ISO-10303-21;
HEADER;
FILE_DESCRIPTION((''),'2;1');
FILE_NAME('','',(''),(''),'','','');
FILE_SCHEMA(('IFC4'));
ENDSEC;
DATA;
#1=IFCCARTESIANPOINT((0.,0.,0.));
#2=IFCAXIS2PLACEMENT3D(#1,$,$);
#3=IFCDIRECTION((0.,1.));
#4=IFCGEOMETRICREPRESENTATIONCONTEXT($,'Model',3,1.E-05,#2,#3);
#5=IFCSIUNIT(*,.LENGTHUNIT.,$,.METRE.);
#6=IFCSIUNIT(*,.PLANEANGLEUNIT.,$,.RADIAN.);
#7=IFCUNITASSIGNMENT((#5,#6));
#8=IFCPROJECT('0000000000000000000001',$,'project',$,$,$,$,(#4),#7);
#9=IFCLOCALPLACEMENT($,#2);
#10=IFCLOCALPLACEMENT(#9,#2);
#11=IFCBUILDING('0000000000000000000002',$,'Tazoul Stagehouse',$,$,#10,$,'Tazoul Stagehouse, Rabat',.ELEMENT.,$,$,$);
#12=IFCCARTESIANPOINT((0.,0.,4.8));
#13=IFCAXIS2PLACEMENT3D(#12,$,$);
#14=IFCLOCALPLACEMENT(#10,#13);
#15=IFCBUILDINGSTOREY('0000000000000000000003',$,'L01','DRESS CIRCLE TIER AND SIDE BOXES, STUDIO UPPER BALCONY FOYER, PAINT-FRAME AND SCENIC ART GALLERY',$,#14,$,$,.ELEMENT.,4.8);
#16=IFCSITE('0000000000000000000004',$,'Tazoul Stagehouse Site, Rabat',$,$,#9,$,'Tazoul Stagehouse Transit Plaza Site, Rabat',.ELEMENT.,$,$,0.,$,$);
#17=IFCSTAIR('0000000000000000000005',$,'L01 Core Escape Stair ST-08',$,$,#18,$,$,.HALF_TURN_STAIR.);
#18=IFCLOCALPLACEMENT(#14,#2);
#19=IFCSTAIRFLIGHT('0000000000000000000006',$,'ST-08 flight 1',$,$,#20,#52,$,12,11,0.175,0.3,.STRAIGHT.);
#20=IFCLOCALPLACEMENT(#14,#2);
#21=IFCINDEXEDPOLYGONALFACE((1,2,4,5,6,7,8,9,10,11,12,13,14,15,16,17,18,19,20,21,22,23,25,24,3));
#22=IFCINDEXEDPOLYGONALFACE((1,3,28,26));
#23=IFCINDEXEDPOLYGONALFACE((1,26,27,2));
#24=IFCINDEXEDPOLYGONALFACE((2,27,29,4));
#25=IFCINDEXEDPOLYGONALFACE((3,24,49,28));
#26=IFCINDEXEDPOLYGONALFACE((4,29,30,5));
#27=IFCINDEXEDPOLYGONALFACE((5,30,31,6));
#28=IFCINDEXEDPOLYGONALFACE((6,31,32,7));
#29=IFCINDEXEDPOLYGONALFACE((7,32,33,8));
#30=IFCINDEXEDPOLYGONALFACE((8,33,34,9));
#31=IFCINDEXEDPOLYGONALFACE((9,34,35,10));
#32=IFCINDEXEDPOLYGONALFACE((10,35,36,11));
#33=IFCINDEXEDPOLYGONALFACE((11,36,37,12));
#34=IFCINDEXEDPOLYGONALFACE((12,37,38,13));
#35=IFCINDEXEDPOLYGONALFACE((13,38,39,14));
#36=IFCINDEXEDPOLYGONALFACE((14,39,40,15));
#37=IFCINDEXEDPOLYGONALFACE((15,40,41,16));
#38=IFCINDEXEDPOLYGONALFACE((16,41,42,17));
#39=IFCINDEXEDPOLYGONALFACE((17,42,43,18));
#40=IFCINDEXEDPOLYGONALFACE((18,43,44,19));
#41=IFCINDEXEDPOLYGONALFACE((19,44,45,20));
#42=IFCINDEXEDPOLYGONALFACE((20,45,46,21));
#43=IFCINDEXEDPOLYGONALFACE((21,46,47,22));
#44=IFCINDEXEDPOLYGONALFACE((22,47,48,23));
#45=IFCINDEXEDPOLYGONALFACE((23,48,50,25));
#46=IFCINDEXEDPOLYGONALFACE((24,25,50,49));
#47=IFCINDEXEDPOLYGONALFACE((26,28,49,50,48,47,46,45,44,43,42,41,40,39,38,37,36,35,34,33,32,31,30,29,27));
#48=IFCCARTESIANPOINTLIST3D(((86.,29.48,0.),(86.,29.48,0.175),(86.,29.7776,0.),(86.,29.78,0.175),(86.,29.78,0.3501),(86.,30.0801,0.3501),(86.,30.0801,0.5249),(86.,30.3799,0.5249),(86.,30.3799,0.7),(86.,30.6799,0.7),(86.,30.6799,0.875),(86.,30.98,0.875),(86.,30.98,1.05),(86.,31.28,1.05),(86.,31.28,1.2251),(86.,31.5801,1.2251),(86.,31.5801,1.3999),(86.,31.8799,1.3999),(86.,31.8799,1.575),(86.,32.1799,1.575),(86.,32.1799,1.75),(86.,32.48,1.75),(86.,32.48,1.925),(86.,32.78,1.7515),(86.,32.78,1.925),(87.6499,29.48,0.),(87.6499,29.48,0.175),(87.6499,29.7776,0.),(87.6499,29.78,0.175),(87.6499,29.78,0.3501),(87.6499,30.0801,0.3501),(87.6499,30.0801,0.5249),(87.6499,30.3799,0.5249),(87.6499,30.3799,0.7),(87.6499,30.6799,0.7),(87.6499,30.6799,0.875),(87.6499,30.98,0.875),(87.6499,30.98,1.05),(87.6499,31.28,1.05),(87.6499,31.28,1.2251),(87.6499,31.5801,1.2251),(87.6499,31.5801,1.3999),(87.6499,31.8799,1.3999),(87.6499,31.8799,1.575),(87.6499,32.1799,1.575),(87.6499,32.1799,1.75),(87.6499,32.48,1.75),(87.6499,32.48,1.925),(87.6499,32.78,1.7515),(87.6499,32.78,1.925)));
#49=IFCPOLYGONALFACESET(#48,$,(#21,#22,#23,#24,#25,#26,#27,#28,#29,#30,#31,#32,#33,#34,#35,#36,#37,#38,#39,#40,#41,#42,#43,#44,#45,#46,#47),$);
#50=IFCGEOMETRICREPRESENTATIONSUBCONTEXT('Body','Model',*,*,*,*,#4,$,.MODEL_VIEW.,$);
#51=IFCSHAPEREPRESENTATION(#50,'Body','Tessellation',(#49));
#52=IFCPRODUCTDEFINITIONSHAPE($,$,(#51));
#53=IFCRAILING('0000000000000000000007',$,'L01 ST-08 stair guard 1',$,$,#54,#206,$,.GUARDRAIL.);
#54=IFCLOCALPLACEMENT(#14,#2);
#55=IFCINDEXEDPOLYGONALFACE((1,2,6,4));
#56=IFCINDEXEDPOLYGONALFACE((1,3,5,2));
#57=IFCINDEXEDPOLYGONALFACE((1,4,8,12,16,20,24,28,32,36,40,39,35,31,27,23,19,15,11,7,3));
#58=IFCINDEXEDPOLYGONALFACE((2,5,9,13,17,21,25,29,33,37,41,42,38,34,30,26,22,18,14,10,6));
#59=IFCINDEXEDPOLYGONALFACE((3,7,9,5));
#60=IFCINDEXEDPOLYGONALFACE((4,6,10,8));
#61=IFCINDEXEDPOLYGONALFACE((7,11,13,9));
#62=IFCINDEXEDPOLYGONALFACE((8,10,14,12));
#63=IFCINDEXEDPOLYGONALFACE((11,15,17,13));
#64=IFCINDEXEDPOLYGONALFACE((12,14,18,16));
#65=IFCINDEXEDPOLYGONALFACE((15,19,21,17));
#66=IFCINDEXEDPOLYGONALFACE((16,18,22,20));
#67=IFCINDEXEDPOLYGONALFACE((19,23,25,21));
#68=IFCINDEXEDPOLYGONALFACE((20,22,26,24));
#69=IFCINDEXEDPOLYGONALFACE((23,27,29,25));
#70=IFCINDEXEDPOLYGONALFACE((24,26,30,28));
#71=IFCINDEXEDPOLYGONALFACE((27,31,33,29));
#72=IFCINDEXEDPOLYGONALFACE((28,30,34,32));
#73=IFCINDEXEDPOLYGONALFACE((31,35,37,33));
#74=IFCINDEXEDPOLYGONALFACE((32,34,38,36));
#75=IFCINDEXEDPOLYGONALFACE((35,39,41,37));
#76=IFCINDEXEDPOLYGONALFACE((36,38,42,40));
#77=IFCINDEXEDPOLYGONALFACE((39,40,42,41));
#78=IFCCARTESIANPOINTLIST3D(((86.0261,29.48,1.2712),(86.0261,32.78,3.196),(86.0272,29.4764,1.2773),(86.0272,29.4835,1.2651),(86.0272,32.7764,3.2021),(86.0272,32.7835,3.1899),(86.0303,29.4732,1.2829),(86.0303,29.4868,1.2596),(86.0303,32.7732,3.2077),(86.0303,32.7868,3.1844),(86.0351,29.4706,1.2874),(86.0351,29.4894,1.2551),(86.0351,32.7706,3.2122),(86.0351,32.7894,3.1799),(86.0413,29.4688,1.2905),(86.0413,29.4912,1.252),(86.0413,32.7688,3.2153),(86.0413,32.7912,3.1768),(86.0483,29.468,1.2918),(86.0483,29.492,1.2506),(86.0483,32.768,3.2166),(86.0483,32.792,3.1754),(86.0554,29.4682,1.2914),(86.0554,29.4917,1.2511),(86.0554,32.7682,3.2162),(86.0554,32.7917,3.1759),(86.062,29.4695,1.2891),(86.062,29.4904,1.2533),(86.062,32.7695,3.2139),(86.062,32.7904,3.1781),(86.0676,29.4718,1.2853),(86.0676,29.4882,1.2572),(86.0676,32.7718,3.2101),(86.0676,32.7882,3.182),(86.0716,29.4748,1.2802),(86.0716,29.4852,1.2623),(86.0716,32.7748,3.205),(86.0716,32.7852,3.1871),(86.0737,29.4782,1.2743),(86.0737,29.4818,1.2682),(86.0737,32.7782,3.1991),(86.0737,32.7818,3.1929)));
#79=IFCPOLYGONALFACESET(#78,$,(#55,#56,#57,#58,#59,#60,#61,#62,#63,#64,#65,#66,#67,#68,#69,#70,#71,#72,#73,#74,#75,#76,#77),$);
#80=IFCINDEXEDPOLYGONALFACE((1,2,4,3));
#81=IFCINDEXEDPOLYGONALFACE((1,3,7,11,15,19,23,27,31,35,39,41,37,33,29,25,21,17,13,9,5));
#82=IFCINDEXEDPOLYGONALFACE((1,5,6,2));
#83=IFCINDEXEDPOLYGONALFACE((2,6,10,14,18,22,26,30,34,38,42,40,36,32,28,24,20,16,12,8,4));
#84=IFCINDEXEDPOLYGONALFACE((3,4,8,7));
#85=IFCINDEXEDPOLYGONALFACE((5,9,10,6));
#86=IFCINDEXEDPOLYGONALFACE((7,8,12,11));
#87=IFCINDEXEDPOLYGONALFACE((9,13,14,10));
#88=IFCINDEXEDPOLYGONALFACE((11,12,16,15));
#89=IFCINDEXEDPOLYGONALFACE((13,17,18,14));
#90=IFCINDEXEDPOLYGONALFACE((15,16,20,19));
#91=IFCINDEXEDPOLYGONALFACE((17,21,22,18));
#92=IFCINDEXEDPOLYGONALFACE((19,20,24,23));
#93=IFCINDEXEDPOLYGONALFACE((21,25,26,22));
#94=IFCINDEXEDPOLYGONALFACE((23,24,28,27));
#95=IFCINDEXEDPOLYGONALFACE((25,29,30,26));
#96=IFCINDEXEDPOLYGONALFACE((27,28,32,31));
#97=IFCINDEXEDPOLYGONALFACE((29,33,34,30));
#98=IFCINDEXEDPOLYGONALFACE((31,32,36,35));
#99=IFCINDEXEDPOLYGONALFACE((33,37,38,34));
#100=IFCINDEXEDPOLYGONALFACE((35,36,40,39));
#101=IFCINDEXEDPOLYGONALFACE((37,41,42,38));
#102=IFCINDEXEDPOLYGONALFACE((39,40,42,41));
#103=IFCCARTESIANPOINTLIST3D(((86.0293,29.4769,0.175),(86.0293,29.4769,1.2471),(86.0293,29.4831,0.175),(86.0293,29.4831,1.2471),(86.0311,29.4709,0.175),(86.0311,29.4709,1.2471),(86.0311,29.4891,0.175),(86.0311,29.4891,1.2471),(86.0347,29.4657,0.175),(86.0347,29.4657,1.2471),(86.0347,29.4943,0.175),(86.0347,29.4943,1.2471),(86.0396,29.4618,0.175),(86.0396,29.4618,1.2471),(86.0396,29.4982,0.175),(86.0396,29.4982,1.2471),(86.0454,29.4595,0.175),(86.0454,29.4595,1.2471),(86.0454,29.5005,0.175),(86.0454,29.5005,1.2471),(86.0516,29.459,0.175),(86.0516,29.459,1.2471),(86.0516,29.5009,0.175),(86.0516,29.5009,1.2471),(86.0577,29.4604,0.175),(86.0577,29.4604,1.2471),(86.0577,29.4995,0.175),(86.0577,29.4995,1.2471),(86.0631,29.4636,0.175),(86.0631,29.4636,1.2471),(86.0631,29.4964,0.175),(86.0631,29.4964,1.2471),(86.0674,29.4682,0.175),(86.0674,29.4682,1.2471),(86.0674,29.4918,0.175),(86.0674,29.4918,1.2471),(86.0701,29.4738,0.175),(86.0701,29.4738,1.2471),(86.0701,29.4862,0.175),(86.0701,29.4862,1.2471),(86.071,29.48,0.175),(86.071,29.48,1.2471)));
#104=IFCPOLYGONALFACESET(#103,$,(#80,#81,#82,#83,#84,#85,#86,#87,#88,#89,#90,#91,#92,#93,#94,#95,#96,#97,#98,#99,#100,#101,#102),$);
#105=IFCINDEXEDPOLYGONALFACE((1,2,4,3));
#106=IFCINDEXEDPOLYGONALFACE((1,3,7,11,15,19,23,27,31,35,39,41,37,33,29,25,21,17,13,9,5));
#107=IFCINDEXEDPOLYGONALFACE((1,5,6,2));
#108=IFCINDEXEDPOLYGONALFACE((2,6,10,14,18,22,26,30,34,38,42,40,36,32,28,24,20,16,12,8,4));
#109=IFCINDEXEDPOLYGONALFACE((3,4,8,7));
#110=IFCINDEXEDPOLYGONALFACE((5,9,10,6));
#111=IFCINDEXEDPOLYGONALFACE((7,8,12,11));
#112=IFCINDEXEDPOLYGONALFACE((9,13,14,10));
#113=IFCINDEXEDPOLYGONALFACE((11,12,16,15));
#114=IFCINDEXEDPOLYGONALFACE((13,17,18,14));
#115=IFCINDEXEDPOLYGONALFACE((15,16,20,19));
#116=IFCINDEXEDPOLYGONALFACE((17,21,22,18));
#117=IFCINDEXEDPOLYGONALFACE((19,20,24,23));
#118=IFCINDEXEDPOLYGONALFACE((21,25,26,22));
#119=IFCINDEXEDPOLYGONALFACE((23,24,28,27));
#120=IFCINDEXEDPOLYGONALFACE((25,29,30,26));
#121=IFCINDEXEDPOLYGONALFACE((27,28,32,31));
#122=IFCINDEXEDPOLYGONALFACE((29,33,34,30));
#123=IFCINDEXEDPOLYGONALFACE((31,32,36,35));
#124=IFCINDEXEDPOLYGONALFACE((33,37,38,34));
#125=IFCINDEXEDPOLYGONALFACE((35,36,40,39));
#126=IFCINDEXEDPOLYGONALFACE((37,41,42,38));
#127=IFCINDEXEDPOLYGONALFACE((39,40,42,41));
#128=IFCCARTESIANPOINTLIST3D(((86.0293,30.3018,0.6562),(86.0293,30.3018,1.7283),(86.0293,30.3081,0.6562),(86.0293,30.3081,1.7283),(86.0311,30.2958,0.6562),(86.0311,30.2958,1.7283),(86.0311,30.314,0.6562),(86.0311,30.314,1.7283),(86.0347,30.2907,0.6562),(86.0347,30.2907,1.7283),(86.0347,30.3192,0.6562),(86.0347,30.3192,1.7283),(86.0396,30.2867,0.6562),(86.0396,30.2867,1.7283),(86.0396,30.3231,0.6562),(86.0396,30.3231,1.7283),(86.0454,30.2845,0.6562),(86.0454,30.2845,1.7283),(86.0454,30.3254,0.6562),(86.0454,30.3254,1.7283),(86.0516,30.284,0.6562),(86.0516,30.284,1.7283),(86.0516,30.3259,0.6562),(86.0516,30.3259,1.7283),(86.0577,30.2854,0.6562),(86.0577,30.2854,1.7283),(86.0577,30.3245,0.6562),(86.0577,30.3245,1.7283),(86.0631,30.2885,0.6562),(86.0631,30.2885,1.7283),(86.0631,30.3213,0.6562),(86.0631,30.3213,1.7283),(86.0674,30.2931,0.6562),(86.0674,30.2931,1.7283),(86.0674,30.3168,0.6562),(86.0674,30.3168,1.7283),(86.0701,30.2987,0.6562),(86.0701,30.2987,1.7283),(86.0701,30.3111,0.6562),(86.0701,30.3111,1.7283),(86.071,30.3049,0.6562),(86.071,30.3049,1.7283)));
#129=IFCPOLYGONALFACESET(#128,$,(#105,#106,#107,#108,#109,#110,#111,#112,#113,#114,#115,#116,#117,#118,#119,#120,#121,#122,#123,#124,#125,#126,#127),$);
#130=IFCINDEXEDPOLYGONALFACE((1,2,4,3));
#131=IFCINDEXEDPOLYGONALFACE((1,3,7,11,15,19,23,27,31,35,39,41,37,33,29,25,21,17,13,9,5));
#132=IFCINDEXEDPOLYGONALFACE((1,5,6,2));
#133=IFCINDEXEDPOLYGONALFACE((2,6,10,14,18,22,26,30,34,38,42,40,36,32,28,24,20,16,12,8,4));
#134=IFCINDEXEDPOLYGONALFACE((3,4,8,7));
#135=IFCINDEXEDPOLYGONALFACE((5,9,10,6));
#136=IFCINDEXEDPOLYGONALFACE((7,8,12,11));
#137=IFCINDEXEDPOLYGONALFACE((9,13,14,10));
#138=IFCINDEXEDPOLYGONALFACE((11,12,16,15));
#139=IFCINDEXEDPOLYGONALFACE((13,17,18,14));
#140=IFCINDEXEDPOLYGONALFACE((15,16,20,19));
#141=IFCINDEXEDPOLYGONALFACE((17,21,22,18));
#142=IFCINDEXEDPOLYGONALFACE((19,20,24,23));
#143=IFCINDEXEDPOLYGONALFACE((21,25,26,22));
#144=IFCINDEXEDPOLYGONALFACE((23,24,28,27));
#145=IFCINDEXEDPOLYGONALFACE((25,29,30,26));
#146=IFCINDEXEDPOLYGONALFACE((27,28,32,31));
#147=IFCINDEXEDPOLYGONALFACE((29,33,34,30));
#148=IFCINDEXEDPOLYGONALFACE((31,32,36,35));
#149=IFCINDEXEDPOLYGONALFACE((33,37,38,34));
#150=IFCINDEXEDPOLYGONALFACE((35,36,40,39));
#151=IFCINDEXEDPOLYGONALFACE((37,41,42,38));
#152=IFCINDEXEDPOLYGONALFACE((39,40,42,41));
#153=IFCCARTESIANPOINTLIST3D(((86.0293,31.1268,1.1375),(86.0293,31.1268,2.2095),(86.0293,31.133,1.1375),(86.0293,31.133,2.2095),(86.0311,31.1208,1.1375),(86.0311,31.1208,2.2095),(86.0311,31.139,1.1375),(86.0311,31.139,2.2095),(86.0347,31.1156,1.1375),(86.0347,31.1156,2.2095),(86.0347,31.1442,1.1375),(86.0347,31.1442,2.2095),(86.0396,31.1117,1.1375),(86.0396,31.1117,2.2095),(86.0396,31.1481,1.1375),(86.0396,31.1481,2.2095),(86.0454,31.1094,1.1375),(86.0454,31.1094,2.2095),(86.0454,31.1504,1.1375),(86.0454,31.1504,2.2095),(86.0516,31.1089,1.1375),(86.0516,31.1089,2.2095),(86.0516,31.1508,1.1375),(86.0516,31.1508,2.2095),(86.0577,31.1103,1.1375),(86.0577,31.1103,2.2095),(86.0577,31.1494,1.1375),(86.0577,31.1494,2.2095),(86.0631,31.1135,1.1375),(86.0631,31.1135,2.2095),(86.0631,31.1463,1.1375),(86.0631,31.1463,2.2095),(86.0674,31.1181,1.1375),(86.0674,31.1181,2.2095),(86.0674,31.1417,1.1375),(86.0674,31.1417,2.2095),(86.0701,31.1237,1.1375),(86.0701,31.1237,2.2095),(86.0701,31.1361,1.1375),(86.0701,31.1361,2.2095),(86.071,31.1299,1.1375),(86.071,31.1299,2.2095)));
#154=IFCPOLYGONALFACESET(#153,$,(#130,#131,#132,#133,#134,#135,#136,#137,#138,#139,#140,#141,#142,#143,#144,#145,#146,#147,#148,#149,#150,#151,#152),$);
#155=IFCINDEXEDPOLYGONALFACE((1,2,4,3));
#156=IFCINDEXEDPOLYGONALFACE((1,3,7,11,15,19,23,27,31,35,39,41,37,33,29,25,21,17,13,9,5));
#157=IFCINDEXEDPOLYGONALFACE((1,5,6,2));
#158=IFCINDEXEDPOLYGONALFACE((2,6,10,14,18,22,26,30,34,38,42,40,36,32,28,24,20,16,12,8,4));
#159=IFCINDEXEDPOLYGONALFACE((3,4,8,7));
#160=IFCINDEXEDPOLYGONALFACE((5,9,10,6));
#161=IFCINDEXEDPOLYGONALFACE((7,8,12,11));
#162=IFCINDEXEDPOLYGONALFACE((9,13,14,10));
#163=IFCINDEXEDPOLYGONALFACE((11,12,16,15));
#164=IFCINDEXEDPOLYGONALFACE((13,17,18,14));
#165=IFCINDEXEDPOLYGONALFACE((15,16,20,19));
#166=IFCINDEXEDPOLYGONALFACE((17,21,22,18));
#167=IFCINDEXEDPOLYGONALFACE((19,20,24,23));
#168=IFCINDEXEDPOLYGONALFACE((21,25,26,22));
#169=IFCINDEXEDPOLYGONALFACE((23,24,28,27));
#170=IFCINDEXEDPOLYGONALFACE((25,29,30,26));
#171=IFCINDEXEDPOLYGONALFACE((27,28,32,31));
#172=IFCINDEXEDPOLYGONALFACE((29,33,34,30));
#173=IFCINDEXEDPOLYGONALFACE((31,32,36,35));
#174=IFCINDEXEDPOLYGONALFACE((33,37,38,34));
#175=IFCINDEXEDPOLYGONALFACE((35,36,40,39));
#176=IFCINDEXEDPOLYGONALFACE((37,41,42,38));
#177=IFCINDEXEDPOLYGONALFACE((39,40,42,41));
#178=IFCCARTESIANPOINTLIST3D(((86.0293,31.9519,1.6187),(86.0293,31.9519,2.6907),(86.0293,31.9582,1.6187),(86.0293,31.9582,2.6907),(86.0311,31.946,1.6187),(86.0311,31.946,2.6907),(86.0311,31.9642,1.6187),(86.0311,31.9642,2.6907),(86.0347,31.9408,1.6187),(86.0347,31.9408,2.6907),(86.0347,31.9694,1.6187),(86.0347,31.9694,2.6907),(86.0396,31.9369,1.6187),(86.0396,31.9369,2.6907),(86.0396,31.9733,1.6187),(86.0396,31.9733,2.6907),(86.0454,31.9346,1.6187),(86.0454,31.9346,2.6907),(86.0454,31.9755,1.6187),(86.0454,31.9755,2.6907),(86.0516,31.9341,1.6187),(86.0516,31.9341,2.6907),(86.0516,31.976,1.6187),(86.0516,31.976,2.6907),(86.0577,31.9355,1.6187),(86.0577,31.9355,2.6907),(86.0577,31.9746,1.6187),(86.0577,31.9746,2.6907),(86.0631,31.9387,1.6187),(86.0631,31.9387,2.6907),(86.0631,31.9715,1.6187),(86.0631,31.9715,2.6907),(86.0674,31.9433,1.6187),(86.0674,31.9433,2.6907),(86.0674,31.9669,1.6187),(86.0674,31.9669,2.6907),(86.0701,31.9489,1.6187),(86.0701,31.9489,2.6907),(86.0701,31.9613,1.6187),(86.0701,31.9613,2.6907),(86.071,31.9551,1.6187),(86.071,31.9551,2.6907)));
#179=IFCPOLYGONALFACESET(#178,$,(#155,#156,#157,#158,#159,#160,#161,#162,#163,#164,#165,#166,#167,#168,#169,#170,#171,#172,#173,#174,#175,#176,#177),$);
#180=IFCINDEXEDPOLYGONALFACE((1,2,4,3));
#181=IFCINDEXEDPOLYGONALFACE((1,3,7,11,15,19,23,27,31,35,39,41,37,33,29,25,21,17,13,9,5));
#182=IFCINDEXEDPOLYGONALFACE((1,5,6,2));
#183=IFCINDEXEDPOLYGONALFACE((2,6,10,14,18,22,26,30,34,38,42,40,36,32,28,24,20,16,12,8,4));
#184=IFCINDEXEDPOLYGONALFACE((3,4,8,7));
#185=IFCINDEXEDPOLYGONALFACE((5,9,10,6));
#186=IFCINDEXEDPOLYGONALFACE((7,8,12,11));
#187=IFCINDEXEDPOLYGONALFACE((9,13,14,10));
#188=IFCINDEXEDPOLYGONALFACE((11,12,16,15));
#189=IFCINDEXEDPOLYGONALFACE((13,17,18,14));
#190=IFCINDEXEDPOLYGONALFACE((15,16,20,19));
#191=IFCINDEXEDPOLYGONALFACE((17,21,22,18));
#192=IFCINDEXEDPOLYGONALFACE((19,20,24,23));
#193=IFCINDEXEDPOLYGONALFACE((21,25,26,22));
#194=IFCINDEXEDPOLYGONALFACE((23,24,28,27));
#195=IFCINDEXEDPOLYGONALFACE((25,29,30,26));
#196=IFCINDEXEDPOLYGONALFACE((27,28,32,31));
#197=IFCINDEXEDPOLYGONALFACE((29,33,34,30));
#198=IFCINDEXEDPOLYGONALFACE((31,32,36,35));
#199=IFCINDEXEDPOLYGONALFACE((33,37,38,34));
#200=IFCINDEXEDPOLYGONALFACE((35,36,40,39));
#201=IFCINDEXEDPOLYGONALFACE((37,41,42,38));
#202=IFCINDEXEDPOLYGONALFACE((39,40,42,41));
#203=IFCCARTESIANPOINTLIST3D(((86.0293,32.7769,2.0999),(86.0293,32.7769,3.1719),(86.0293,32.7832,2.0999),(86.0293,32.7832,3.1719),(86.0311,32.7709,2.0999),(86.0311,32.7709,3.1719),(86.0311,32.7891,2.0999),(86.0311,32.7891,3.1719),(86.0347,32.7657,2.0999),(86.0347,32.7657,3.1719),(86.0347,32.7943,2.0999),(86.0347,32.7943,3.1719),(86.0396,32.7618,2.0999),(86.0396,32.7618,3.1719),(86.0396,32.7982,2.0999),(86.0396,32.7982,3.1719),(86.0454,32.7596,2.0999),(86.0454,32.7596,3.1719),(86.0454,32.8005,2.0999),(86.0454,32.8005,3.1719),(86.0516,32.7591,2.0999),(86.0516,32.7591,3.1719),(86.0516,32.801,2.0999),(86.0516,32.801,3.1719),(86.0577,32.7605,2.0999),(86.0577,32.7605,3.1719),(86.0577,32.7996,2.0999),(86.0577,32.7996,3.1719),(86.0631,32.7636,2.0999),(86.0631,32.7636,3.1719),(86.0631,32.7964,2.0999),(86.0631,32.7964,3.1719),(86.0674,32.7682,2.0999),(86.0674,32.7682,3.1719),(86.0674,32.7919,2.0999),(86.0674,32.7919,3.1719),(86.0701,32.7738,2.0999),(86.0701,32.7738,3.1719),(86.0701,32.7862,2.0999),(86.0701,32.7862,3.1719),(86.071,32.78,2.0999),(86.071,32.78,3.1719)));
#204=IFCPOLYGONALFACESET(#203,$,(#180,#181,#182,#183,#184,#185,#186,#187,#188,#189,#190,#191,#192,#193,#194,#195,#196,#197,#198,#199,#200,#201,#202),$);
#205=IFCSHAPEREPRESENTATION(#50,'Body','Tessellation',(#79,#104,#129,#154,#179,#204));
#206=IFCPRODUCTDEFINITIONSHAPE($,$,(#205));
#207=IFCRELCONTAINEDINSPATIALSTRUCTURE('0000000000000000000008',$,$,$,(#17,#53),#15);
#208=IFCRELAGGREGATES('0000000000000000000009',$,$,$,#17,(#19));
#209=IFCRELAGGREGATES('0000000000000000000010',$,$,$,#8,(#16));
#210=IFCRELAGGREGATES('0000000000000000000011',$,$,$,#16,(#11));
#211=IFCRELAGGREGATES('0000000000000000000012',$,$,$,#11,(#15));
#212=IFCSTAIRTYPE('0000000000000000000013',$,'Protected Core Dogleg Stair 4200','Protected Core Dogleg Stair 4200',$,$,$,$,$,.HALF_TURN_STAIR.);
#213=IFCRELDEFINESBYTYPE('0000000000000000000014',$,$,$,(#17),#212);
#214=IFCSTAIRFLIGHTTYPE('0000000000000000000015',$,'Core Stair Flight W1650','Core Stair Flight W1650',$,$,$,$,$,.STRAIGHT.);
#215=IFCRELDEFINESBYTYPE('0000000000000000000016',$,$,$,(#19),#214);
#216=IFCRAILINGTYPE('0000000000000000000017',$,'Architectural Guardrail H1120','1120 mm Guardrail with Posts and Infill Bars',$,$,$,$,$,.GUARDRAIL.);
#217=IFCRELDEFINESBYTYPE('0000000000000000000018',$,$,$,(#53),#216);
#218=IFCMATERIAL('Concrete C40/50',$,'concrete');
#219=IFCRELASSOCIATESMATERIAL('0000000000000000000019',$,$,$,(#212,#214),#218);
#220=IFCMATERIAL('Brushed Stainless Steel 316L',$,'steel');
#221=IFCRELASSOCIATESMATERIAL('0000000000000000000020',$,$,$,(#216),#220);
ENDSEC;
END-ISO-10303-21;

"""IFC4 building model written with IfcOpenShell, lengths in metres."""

from ifc_helpers import new_model, si_unit, direction, frame, origin, origin_2d, place, context, subcontext, project, spatial, polyline, circle, outline, extrude, material, material_profile, profile_set, type_object, element, aggregate, save


model = new_model("IFC4")

# Units and contexts
model_context = context("Model", 3, precision=1e-05, world=origin(), true_north=direction((0.0, 1.0)))
body_context = subcontext(model_context, "Body", "Model", "MODEL_VIEW")
ifc_project = project(units=[si_unit("LENGTHUNIT", "METRE"), si_unit("PLANEANGLEUNIT", "RADIAN")], contexts=[model_context])

# Site, building, storey
site_placement = place(None, origin())
site = spatial("IfcSite", under=ifc_project, at=site_placement, Name="Tazoul Stagehouse Site, Rabat", LongName="Tazoul Stagehouse Transit Plaza Site, Rabat", CompositionType="ELEMENT", RefElevation=0.0)
building_placement = place(site_placement, origin())
building = spatial("IfcBuilding", under=site, at=building_placement, Name="Tazoul Stagehouse", LongName="Tazoul Stagehouse, Rabat", CompositionType="ELEMENT")
storey_placement = place(building_placement, frame((0.0, 0.0, 4.8)))
storey = spatial("IfcBuildingStorey", under=building, at=storey_placement, Name="L01", Description="DRESS CIRCLE TIER AND SIDE BOXES, STUDIO UPPER BALCONY FOYER, PAINT-FRAME AND SCENIC ART GALLERY", CompositionType="ELEMENT", Elevation=4.8)

# Shared definitions
ifc_material_1 = material(Name="Concrete C40/50", Category="concrete")

# Stair, stair flight
stair_type = type_object("IfcStairType", Name="Protected Core Dogleg Stair 4200", Description="Protected Core Dogleg Stair 4200", PredefinedType="HALF_TURN_STAIR", material=ifc_material_1)
stair_placement = place(storey_placement, origin())
stair = element("IfcStair", 1, at=stair_placement, inside=storey, type_object=stair_type, Name="L01 Core Escape Stair ST-08", PredefinedType="HALF_TURN_STAIR")
stair_flight_type = type_object("IfcStairFlightType", Name="Core Stair Flight W1650", Description="Core Stair Flight W1650", PredefinedType="STRAIGHT", material=ifc_material_1)
stair_flight_placement = place(storey_placement, frame((86.825, 29.48, 0.0), z_axis=(0.0, 0.0, 1.0), x_axis=(0.0, 1.0, 0.0)))
stair_flight = element("IfcStairFlight", 2, at=stair_flight_placement, type_object=stair_flight_type, Name="ST-08 flight 1", NumberOfRisers=12, NumberOfTreads=11, PredefinedType="STRAIGHT", RiserHeight=0.175, TreadLength=0.3, context=body_context, shape_type="SweptSolid", body=[
    extrude(outline(polyline([(0.0, 0.0), (0.0, 0.175), (0.3, 0.175), (0.3, 0.3501), (0.6001, 0.3501), (0.6001, 0.5249), (0.8999, 0.5249), (0.8999, 0.7), (1.2, 0.7), (1.2, 0.875), (1.5, 0.875), (1.5, 1.05), (1.8, 1.05), (1.8, 1.2251), (2.1001, 1.2251), (2.1001, 1.3999), (2.3999, 1.3999), (2.3999, 1.575), (2.7, 1.575), (2.7, 1.75), (3.0, 1.75), (3.0, 1.925), (3.3, 1.925), (3.3, 2.1001), (3.3, 1.7515), (0.2976, 0.0), (0.0, 0.0)])), frame((0.0, 0.825, 0.0), z_axis=(0.0, -1.0, 0.0), x_axis=(1.0, 0.0, 0.0)), (0.0, 0.0, 1.0), 1.6499),
])
aggregate(stair, [stair_flight])

# Railing
ifc_material_2 = material(Name="Brushed Stainless Steel 316L", Category="steel")
ifc_material_profile_1 = material_profile(ifc_material_2, circle(Radius=0.0239, at=origin_2d()), Name="SS RAIL D48")
ifc_profile_set_1 = profile_set([ifc_material_profile_1], Name="Brushed Stainless Steel 316L")
railing_type_1 = type_object("IfcRailingType", Name="Architectural Guardrail H1120", Description="1120 mm Guardrail with Posts and Infill Bars", PredefinedType="GUARDRAIL", material=ifc_profile_set_1)
railing_1_placement = place(storey_placement, frame((86.05, 29.48, 0.175)))
element("IfcRailing", 3, at=railing_1_placement, inside=storey, type_object=railing_type_1, Name="L01 ST-08 stair guard 1", PredefinedType="GUARDRAIL", context=body_context, shape_type="SweptSolid", body=[
    extrude(circle(Radius=0.0239, at=origin_2d()), frame((0.0, 0.0, 1.0962), z_axis=(0.0, 0.863804, 0.503827), x_axis=(-1.0, 0.0, 0.0)), (0.0, 0.0, 1.0), 3.8203),
    extrude(circle(Radius=0.021, at=origin_2d()), origin(), (0.0, 0.0, 1.0), 1.072),
    extrude(circle(Radius=0.021, at=origin_2d()), frame((0.0, 0.825, 0.4812)), (0.0, 0.0, 1.0), 1.072),
    extrude(circle(Radius=0.021, at=origin_2d()), frame((0.0, 1.6499, 0.9624)), (0.0, 0.0, 1.0), 1.072),
    extrude(circle(Radius=0.021, at=origin_2d()), frame((0.0, 2.4751, 1.4436)), (0.0, 0.0, 1.0), 1.072),
    extrude(circle(Radius=0.021, at=origin_2d()), frame((0.0, 3.3, 1.9248)), (0.0, 0.0, 1.0), 1.072),
])

save(model, "model.ifc")
